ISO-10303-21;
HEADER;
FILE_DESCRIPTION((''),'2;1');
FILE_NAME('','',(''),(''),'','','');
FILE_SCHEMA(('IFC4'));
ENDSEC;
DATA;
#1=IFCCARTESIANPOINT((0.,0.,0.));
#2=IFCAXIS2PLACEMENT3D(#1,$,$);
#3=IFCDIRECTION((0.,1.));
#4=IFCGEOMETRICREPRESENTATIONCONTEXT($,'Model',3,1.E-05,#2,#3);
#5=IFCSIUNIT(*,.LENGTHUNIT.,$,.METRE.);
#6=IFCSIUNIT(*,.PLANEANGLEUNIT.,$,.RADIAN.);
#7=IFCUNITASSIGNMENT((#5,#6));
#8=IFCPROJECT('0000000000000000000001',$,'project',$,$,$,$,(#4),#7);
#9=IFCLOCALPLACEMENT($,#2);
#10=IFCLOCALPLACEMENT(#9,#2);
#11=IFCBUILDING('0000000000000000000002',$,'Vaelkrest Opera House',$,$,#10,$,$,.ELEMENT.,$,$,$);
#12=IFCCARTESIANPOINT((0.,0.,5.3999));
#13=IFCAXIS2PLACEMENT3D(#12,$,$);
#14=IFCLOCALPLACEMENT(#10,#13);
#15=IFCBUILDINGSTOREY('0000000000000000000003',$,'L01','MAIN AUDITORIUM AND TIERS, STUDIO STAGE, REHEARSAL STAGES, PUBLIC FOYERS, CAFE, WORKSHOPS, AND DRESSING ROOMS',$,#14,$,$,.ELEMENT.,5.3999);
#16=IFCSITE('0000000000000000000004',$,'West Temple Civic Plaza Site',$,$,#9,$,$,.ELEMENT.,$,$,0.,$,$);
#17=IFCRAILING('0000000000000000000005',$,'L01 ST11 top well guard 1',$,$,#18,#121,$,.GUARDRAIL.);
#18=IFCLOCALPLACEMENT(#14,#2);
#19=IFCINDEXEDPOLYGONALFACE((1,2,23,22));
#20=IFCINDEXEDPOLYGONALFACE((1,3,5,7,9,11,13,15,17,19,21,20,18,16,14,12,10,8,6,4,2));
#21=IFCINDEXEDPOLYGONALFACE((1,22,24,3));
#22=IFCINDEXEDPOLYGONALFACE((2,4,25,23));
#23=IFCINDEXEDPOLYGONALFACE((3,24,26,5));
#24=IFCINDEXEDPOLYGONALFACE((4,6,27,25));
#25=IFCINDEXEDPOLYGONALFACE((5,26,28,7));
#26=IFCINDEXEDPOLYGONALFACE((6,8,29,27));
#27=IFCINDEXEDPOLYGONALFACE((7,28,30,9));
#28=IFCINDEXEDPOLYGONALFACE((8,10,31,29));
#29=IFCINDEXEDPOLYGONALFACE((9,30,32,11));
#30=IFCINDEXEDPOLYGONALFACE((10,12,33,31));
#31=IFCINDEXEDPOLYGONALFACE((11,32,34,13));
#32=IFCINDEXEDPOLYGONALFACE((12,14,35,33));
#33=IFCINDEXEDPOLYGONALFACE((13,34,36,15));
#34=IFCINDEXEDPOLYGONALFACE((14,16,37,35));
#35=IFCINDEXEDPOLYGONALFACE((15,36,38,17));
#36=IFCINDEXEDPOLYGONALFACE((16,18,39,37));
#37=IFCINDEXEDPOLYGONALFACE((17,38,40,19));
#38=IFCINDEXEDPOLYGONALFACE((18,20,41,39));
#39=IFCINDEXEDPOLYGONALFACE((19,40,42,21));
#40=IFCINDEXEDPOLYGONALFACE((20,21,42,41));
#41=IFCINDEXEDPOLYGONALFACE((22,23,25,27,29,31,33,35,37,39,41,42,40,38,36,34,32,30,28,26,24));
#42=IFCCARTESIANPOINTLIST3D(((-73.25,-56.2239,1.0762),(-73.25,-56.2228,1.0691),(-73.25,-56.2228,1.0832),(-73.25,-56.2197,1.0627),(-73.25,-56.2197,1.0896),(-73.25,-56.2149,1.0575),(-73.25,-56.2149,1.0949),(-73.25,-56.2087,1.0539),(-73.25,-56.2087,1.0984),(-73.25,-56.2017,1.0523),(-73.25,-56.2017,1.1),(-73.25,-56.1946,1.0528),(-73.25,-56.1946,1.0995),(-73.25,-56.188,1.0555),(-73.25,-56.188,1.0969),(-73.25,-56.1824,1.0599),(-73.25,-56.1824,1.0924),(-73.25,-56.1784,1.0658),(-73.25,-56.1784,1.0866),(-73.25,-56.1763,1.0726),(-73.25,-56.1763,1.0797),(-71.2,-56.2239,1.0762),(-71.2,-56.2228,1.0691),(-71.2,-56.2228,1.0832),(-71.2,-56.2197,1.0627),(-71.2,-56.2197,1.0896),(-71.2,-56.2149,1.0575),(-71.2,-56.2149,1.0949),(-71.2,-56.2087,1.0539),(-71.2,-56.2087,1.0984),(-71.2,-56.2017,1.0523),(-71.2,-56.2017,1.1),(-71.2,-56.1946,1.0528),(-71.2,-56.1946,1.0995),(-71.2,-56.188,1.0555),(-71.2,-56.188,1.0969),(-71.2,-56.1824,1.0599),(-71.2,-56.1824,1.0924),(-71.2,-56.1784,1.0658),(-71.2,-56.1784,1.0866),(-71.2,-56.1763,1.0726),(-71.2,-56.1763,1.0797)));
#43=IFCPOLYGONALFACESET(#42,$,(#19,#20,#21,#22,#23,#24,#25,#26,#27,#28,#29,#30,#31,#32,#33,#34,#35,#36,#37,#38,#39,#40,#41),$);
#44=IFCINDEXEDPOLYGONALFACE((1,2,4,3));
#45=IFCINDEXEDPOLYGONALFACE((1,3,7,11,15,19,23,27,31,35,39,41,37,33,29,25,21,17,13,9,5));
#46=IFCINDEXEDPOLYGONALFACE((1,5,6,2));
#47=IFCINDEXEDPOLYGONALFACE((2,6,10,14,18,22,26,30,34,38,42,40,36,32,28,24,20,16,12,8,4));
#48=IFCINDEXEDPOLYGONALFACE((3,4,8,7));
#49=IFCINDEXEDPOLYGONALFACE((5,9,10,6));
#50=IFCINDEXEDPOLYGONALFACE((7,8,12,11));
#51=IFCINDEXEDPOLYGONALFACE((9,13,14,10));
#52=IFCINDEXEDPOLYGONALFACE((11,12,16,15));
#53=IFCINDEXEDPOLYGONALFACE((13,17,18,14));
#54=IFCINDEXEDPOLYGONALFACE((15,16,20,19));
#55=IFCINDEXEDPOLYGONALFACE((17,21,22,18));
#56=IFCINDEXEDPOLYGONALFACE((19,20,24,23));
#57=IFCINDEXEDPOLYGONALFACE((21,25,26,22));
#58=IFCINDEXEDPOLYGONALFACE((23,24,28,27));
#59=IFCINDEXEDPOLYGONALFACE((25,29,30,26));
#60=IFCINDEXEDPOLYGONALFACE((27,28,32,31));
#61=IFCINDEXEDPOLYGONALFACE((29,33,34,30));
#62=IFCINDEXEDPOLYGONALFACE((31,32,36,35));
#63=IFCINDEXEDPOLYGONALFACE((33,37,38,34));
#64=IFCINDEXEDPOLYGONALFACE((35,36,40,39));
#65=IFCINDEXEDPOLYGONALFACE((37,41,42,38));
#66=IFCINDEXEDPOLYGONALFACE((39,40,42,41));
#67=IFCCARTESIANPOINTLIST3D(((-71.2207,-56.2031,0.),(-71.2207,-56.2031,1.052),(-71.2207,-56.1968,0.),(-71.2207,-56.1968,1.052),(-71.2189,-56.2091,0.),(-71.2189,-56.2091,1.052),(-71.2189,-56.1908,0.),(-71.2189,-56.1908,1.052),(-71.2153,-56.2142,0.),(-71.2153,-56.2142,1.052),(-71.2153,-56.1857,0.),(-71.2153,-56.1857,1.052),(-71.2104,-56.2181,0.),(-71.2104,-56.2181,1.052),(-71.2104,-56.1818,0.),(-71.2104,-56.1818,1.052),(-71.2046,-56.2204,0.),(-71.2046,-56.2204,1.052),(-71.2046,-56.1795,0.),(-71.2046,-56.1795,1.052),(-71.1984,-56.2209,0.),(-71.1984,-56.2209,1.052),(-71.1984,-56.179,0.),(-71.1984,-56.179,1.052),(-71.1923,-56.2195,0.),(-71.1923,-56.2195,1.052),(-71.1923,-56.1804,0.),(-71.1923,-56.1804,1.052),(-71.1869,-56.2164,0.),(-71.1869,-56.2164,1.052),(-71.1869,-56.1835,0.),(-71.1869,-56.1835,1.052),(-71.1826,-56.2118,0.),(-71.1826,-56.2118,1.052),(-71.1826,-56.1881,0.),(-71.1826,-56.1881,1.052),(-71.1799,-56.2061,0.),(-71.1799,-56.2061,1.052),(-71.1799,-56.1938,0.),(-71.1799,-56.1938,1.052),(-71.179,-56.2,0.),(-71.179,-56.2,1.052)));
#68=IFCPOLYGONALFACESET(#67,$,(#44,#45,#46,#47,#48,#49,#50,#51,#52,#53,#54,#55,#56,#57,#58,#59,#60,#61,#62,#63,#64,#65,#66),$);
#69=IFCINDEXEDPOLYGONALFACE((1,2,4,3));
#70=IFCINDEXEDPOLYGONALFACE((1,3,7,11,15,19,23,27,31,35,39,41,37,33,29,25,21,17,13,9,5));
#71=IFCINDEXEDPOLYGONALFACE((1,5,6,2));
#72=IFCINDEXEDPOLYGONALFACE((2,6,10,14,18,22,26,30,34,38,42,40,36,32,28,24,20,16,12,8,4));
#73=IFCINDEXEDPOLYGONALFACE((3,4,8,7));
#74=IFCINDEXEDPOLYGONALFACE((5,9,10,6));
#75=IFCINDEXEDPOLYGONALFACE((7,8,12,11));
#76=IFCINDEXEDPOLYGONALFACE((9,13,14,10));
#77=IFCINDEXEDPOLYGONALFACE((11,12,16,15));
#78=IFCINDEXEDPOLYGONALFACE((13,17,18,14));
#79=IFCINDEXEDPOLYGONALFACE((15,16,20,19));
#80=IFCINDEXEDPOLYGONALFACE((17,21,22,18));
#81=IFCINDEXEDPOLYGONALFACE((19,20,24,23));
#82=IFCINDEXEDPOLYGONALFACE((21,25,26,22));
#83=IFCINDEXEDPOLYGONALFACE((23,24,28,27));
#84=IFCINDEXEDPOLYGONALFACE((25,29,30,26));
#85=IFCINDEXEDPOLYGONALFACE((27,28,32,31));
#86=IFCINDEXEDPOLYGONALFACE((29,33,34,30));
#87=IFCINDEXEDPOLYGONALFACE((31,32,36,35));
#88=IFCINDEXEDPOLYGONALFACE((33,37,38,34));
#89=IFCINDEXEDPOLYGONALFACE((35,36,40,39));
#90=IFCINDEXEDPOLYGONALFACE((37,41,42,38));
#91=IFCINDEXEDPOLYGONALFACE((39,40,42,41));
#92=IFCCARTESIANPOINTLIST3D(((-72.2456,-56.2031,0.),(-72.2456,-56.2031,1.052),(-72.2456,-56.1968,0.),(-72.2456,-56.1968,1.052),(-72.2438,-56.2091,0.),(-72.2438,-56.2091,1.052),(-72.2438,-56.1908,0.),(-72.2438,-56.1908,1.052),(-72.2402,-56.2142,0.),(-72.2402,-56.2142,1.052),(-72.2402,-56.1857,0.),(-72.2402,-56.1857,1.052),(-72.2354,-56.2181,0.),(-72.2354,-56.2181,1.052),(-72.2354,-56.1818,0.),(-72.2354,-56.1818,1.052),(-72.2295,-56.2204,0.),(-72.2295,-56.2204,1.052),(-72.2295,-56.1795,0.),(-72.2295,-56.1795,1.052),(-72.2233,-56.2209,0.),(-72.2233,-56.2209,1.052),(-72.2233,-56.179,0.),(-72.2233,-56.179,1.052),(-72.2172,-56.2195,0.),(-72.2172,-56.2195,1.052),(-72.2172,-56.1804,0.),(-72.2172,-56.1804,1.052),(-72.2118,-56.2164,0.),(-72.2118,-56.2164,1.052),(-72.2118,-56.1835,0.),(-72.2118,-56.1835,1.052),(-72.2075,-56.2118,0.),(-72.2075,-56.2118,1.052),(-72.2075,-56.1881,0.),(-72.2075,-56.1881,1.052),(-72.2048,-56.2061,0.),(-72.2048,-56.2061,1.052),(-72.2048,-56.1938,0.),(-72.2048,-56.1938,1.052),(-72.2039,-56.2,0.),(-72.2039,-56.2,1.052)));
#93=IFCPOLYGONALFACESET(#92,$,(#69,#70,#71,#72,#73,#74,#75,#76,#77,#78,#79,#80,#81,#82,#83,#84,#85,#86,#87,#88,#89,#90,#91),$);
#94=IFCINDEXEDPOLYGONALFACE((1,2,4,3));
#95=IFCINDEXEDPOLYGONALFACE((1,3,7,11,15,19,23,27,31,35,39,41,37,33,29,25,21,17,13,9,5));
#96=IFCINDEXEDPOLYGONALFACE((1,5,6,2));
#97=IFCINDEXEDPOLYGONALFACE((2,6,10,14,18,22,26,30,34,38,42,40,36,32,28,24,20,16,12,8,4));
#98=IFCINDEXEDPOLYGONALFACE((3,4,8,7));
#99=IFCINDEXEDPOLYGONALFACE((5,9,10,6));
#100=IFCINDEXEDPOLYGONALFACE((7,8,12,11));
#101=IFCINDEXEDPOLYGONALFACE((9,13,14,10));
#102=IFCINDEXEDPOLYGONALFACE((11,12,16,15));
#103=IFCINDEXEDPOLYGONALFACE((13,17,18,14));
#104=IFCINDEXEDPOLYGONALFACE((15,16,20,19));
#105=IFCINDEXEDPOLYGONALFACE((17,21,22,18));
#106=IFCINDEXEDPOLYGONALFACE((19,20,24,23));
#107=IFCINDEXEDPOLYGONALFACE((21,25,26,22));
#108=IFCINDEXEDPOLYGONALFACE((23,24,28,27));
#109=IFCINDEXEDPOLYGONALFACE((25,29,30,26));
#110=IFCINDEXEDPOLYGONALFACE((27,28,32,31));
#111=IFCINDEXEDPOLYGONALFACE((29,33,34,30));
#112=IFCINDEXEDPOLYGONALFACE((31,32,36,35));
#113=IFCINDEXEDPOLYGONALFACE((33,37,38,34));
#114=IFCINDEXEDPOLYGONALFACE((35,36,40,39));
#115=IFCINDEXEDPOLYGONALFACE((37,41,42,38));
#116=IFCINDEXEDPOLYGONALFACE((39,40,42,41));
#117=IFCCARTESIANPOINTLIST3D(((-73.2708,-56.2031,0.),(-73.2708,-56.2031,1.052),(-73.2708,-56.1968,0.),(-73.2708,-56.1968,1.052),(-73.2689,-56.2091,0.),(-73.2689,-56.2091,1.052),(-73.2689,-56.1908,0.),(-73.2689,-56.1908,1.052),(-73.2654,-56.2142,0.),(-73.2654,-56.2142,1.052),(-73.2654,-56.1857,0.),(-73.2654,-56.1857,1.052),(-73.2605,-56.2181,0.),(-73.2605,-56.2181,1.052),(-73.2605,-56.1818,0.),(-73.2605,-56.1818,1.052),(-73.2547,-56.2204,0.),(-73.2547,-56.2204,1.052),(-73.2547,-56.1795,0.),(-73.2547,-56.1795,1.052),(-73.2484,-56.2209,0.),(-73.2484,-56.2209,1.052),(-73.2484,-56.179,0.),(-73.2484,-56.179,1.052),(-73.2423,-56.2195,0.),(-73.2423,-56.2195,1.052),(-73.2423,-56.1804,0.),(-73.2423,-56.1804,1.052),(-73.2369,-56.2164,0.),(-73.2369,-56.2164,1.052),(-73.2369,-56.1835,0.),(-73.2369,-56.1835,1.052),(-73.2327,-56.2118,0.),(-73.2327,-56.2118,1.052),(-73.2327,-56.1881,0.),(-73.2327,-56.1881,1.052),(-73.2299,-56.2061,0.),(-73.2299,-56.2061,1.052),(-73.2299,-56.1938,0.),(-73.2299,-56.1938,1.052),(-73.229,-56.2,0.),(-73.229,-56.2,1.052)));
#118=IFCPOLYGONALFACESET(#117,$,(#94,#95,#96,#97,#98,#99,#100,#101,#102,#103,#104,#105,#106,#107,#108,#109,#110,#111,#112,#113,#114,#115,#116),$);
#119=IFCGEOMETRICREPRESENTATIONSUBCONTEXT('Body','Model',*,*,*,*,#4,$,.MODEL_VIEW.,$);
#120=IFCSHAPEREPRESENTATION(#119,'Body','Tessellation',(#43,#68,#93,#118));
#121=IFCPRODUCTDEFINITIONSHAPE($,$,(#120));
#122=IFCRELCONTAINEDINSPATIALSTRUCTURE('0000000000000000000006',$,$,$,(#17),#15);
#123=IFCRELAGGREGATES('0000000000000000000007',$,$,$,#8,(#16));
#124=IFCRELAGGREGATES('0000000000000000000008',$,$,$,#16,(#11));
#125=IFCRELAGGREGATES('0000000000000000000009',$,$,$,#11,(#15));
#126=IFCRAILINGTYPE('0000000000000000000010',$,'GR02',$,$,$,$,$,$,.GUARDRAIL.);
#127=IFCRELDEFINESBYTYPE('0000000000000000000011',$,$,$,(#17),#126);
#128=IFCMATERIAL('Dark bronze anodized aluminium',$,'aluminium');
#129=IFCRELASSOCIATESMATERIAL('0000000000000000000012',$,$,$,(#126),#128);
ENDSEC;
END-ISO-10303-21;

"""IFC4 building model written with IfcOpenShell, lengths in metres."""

from ifc_helpers import new_model, si_unit, direction, frame, origin, origin_2d, place, context, subcontext, project, spatial, circle, extrude, material, type_object, element, save


model = new_model("IFC4")

# Units and contexts
model_context = context("Model", 3, precision=1e-05, world=origin(), true_north=direction((0.0, 1.0)))
body_context = subcontext(model_context, "Body", "Model", "MODEL_VIEW")
ifc_project = project(units=[si_unit("LENGTHUNIT", "METRE"), si_unit("PLANEANGLEUNIT", "RADIAN")], contexts=[model_context])

# Site, building, storey
site_placement = place(None, origin())
site = spatial("IfcSite", under=ifc_project, at=site_placement, Name="West Temple Civic Plaza Site", CompositionType="ELEMENT", RefElevation=0.0)
building_placement = place(site_placement, origin())
building = spatial("IfcBuilding", under=site, at=building_placement, Name="Vaelkrest Opera House", CompositionType="ELEMENT")
storey_placement = place(building_placement, frame((0.0, 0.0, 5.3999)))
storey = spatial("IfcBuildingStorey", under=building, at=storey_placement, Name="L01", Description="MAIN AUDITORIUM AND TIERS, STUDIO STAGE, REHEARSAL STAGES, PUBLIC FOYERS, CAFE, WORKSHOPS, AND DRESSING ROOMS", CompositionType="ELEMENT", Elevation=5.3999)

# Railing
ifc_material_1 = material(Name="Dark bronze anodized aluminium", Category="aluminium")
railing_type = type_object("IfcRailingType", Name="GR02", PredefinedType="GUARDRAIL", material=ifc_material_1)
railing_placement = place(storey_placement, frame((-71.2, -56.2, 0.0)))
element("IfcRailing", 1, at=railing_placement, inside=storey, type_object=railing_type, Name="L01 ST11 top well guard 1", PredefinedType="GUARDRAIL", context=body_context, shape_type="SweptSolid", body=[
    extrude(circle(Radius=0.0239, at=origin_2d()), frame((0.0, 0.0, 1.0762), z_axis=(-1.0, 0.0, 0.0), x_axis=(0.0, -1.0, 0.0)), (0.0, 0.0, 1.0), 2.05),
    extrude(circle(Radius=0.021, at=origin_2d()), origin(), (0.0, 0.0, 1.0), 1.052),
    extrude(circle(Radius=0.021, at=origin_2d()), frame((-1.0249, 0.0, 0.0)), (0.0, 0.0, 1.0), 1.052),
    extrude(circle(Radius=0.021, at=origin_2d()), frame((-2.05, 0.0, 0.0)), (0.0, 0.0, 1.0), 1.052),
])

save(model, "model.ifc")
